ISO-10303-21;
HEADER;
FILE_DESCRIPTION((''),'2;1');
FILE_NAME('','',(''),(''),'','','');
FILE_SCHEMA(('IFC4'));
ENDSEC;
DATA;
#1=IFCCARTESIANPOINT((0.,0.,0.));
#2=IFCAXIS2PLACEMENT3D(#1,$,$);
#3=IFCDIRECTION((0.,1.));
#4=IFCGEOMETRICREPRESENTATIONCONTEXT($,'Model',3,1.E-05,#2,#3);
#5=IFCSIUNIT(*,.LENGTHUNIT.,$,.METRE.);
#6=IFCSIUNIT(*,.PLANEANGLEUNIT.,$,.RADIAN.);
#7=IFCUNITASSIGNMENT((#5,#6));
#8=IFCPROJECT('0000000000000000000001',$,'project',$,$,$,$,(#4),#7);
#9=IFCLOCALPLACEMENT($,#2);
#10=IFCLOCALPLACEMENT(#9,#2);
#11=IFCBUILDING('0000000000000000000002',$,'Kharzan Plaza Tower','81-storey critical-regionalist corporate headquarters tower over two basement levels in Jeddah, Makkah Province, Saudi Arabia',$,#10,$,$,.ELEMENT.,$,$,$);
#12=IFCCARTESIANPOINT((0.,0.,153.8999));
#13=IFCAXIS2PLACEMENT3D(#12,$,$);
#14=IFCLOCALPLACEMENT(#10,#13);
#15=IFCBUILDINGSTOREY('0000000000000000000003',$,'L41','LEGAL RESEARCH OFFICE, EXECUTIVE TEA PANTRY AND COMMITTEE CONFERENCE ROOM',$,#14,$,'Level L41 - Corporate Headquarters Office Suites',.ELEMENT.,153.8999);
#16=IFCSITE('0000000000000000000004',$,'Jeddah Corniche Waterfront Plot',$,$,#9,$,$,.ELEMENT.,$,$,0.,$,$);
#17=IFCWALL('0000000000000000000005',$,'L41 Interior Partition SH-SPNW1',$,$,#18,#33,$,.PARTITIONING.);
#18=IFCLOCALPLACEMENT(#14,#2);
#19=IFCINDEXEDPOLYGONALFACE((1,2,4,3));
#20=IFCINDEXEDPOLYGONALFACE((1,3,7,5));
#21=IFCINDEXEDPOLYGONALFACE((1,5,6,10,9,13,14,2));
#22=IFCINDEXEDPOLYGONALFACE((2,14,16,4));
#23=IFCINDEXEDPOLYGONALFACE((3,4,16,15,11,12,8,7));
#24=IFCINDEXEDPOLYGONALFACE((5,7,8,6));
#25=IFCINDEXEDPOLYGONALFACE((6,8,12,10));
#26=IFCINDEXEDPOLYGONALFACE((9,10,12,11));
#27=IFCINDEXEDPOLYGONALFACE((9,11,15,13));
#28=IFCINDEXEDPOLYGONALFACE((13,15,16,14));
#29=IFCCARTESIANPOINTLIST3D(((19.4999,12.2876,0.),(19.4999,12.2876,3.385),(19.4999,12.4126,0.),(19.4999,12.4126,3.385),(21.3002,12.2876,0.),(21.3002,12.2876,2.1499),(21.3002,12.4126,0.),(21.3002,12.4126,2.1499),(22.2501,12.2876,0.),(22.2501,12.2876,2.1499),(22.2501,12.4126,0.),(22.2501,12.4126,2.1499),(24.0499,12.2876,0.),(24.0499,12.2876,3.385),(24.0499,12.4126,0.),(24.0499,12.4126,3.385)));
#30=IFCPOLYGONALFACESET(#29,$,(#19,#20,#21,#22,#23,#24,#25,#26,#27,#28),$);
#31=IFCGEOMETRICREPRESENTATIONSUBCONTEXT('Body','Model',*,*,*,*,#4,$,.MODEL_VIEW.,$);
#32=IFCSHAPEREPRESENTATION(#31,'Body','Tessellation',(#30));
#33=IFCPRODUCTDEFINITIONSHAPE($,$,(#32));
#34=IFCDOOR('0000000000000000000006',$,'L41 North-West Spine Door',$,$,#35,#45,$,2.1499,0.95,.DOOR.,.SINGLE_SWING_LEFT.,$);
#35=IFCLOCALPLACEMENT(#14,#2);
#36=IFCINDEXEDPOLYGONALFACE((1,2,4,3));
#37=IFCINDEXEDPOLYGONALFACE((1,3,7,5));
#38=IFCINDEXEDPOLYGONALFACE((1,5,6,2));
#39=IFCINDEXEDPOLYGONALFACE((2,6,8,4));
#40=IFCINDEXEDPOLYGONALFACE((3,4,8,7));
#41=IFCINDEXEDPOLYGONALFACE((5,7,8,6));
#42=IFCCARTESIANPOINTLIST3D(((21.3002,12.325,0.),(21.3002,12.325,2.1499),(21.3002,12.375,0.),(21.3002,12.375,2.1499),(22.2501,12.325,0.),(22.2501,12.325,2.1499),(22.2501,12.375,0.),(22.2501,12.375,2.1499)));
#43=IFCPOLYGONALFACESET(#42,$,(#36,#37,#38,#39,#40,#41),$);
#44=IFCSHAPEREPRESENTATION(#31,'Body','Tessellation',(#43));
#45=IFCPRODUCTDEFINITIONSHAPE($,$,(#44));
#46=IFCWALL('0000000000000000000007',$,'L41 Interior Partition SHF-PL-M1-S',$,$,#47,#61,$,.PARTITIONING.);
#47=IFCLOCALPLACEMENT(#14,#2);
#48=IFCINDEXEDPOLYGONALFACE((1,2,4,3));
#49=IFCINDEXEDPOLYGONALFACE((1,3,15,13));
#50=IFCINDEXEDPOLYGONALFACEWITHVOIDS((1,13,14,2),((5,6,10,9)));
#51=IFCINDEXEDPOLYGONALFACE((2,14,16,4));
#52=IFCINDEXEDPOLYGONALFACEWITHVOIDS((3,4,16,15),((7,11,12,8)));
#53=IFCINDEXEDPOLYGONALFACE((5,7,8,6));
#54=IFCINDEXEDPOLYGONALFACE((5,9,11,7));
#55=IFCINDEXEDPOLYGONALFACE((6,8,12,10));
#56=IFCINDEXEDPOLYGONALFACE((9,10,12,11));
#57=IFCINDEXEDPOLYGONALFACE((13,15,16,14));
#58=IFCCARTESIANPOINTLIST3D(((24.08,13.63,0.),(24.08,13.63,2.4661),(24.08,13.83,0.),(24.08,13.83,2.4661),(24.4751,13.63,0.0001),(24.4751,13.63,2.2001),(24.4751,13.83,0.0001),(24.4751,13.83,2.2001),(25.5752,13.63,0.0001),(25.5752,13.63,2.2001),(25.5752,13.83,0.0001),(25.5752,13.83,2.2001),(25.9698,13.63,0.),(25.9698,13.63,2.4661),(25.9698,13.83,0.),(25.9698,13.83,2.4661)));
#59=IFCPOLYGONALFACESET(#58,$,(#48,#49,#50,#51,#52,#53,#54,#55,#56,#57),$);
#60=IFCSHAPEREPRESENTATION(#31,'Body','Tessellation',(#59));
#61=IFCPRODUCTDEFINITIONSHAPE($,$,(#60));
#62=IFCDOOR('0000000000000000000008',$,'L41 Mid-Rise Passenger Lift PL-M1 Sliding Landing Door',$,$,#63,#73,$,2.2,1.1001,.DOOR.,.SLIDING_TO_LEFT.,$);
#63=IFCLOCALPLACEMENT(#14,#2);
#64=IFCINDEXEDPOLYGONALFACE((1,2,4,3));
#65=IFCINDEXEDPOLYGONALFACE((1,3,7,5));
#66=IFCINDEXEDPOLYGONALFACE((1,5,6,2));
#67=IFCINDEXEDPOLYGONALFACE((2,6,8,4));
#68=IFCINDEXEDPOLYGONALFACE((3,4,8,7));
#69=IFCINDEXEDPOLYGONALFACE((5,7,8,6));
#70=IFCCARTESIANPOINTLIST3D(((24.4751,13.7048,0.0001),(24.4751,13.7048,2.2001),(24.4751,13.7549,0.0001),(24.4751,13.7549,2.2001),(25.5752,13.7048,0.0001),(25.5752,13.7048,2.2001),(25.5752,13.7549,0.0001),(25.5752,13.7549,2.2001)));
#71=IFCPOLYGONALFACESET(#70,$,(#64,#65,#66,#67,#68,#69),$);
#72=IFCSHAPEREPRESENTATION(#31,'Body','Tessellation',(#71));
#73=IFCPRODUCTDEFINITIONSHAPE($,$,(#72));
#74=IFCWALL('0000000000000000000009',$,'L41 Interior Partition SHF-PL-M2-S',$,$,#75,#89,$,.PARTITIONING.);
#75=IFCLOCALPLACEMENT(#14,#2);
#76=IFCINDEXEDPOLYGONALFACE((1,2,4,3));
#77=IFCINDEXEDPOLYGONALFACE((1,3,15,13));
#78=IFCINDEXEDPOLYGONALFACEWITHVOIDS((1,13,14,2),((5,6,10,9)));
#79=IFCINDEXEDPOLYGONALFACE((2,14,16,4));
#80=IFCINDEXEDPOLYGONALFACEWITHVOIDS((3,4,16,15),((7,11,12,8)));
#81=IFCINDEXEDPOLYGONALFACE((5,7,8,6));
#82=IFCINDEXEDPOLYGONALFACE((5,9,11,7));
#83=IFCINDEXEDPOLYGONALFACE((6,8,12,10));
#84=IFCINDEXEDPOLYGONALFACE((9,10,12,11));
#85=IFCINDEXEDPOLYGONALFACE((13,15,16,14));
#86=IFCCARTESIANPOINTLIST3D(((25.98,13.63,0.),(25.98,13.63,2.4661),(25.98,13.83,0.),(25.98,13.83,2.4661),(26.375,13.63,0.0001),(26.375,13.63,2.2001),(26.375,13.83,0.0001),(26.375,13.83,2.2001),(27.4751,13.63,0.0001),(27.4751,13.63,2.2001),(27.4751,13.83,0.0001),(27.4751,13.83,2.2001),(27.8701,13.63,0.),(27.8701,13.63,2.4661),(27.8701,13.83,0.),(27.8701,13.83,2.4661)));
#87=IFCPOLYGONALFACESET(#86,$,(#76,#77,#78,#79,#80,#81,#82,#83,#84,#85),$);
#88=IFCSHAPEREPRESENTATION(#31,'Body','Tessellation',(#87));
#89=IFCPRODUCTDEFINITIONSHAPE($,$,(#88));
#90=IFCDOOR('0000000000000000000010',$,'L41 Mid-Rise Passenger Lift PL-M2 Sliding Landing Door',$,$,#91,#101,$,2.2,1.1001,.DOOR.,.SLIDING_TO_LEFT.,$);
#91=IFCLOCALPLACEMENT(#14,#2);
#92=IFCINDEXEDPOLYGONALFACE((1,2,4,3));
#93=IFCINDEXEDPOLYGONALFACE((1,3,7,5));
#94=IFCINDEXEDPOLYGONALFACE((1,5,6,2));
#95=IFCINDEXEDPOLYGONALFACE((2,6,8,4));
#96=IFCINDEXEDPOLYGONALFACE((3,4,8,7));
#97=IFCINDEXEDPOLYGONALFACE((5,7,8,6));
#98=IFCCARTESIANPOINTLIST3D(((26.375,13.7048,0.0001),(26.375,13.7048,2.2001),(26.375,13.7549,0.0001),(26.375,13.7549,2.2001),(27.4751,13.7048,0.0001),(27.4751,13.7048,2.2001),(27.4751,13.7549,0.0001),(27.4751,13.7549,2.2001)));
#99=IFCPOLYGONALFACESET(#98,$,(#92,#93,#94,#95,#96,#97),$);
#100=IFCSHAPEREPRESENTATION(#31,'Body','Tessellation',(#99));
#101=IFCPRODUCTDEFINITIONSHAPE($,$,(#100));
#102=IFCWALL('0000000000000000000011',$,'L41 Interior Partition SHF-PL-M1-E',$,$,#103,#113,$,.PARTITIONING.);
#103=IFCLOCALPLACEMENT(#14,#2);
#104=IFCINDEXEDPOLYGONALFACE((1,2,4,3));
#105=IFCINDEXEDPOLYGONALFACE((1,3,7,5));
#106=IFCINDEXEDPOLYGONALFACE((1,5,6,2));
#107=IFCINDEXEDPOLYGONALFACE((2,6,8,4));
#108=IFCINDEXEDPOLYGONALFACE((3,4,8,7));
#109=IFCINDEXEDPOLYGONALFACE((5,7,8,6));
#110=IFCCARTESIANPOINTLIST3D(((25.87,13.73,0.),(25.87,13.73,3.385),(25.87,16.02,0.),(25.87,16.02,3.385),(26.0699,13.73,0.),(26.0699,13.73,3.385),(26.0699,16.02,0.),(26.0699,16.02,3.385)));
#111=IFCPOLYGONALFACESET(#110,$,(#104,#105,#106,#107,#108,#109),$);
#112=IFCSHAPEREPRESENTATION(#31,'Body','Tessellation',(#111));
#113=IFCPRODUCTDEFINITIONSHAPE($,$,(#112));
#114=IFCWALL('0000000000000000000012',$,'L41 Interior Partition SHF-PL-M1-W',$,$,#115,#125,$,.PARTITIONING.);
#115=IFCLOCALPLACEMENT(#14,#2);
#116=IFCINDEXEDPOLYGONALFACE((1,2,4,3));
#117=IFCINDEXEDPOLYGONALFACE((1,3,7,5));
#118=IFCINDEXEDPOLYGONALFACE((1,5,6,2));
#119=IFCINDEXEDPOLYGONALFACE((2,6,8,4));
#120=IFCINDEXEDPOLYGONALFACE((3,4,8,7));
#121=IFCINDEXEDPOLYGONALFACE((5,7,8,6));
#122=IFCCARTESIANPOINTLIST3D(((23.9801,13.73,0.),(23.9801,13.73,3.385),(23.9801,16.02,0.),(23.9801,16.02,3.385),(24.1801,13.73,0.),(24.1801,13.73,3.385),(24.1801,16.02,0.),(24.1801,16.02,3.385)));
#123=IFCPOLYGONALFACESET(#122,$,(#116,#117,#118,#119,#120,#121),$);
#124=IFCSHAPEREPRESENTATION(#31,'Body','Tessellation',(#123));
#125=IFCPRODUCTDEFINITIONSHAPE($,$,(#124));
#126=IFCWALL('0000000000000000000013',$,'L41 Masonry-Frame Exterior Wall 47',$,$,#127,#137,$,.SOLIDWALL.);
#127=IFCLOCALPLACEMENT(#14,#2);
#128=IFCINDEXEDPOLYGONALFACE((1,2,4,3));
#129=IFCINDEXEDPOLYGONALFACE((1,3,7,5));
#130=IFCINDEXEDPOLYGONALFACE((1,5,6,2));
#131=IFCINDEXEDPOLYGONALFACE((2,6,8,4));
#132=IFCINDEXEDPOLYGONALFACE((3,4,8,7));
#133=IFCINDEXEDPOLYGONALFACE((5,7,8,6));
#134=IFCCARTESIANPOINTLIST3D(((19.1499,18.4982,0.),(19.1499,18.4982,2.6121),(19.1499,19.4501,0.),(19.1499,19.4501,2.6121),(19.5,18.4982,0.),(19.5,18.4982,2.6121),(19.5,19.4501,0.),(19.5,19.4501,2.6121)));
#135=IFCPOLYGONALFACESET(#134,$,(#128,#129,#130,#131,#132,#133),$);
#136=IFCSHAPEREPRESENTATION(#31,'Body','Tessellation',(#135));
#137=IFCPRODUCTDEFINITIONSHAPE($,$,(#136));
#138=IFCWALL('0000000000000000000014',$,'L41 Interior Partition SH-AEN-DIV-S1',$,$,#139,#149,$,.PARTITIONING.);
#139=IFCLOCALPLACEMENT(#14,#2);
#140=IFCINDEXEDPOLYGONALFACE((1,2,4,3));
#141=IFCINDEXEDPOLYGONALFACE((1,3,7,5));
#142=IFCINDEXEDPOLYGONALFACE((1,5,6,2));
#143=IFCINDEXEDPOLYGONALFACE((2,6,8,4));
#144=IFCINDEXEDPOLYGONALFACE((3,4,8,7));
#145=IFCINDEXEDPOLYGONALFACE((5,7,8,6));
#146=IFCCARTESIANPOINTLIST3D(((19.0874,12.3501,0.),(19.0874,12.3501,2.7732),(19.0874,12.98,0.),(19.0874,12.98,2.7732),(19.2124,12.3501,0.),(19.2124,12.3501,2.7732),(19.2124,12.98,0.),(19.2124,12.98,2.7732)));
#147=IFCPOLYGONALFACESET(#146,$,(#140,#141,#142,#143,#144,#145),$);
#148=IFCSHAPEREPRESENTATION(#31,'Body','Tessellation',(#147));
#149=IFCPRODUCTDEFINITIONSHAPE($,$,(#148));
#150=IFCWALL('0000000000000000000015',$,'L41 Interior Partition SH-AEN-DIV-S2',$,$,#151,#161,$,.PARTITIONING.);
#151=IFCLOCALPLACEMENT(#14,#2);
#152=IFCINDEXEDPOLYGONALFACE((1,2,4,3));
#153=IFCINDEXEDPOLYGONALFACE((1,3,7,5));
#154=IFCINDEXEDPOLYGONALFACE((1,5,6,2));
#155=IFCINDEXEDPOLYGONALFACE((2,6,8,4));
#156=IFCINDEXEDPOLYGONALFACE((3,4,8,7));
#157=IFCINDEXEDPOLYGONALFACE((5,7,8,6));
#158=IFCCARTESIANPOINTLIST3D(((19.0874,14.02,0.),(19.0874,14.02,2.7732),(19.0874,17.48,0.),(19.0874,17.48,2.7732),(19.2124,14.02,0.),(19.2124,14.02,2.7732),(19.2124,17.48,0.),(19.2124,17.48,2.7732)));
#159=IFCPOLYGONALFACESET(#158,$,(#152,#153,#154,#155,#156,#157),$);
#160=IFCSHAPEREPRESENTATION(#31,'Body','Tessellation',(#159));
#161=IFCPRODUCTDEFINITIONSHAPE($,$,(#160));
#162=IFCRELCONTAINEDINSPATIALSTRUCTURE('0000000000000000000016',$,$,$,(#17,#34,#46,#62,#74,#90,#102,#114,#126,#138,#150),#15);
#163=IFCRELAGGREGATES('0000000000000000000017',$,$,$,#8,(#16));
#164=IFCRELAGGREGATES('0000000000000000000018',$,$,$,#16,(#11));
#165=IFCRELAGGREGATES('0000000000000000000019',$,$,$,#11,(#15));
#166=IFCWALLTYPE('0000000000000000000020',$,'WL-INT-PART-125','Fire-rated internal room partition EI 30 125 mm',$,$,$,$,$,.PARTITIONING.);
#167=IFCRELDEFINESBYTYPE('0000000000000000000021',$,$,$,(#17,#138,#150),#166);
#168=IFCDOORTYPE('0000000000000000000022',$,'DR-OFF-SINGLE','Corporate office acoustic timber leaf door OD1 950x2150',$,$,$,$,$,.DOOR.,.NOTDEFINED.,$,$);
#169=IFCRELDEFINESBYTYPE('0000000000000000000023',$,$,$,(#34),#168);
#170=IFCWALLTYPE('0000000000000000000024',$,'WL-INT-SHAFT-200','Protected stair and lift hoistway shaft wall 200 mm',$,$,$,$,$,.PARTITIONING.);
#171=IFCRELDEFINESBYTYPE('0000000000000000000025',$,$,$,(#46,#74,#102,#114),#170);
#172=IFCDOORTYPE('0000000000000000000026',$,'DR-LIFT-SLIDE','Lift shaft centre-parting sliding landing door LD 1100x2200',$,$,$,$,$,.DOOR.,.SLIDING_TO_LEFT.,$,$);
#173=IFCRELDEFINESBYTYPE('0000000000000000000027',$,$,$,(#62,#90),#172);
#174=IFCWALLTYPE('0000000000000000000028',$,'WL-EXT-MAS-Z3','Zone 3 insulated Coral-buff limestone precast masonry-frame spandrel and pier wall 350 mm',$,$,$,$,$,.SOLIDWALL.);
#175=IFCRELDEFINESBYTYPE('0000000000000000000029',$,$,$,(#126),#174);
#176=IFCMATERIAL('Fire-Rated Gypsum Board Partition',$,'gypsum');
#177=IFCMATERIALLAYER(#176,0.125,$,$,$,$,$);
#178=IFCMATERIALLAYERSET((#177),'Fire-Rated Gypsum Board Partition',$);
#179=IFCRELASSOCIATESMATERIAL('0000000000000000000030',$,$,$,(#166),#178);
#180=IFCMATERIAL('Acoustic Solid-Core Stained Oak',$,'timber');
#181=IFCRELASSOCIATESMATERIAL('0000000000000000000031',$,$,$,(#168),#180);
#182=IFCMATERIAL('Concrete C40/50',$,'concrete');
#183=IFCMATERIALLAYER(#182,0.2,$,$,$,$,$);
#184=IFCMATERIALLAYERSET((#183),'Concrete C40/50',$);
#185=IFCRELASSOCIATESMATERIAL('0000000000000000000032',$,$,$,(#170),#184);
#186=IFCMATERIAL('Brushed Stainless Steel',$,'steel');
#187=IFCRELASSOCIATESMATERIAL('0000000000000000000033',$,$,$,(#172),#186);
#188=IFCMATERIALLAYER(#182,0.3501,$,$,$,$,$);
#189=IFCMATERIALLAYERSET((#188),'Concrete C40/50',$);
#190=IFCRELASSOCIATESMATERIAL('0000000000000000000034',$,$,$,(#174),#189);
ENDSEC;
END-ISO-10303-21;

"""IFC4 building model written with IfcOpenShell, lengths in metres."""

from ifc_helpers import new_model, si_unit, direction, frame, frame_2d, origin, place, context, subcontext, project, spatial, rectangle, extrude, source, transform, mapped, material, layer, layer_set, type_object, element, fill, save


model = new_model("IFC4")

# Units and contexts
model_context = context("Model", 3, precision=1e-05, world=origin(), true_north=direction((0.0, 1.0)))
body_context = subcontext(model_context, "Body", "Model", "MODEL_VIEW")
ifc_project = project(units=[si_unit("LENGTHUNIT", "METRE"), si_unit("PLANEANGLEUNIT", "RADIAN")], contexts=[model_context])

# Site, building, storey
site_placement = place(None, origin())
site = spatial("IfcSite", under=ifc_project, at=site_placement, Name="Jeddah Corniche Waterfront Plot", CompositionType="ELEMENT", RefElevation=0.0)
building_placement = place(site_placement, origin())
building = spatial("IfcBuilding", under=site, at=building_placement, Name="Kharzan Plaza Tower", Description="81-storey critical-regionalist corporate headquarters tower over two basement levels in Jeddah, Makkah Province, Saudi Arabia", CompositionType="ELEMENT")
storey_placement = place(building_placement, frame((0.0, 0.0, 153.8999)))
storey = spatial("IfcBuildingStorey", under=building, at=storey_placement, Name="L41", Description="LEGAL RESEARCH OFFICE, EXECUTIVE TEA PANTRY AND COMMITTEE CONFERENCE ROOM", LongName="Level L41 - Corporate Headquarters Office Suites", CompositionType="ELEMENT", Elevation=153.8999)

# Walls, openings, doors
ifc_material_1 = material(Name="Fire-Rated Gypsum Board Partition", Category="gypsum")
ifc_layer_1 = layer(ifc_material_1, 0.125)
ifc_layer_set_1 = layer_set([ifc_layer_1], Name="Fire-Rated Gypsum Board Partition")
wall_type_1 = type_object("IfcWallType", Name="WL-INT-PART-125", Description="Fire-rated internal room partition EI 30 125 mm", PredefinedType="PARTITIONING", material=ifc_layer_set_1)
wall_1_placement = place(storey_placement, frame((19.5, 12.3501, 0.0), z_axis=(0.0, 0.0, 1.0), x_axis=(1.0, 0.0, 0.0)))
wall_1 = element("IfcWall", 1, at=wall_1_placement, inside=storey, type_object=wall_type_1, Name="L41 Interior Partition SH-SPNW1", PredefinedType="PARTITIONING", context=body_context, shape_type="SweptSolid", body=[
    extrude(rectangle(XDim=4.55, YDim=0.125, at=frame_2d((2.2749, 0.0))), origin(), (0.0, 0.0, 1.0), 3.385),
])
opening_1_placement = place(wall_1_placement, frame((1.8, 0.0, 0.0)))
opening_1 = element("IfcOpeningElement", 2, at=opening_1_placement, cuts=wall_1, PredefinedType="OPENING", context=body_context, shape_type="SweptSolid", body=[
    extrude(rectangle(XDim=0.95, YDim=2.1499, at=frame_2d((0.4751, 1.075))), frame((0.0, 0.0725, 0.0), z_axis=(0.0, -1.0, 0.0), x_axis=(1.0, 0.0, 0.0)), (0.0, 0.0, 1.0), 0.145),
])
ifc_material_2 = material(Name="Acoustic Solid-Core Stained Oak", Category="timber")
door_type_1 = type_object("IfcDoorType", Name="DR-OFF-SINGLE", Description="Corporate office acoustic timber leaf door OD1 950x2150", OperationType="NOTDEFINED", PredefinedType="DOOR", material=ifc_material_2)
shared_shape_1 = source(origin(), body_context, "Body", "SweptSolid", [
    extrude(rectangle(XDim=0.95, YDim=2.1499, at=frame_2d((0.4751, 1.075))), frame((0.0, 0.0249, 0.0), z_axis=(0.0, -1.0, 0.0), x_axis=(1.0, 0.0, 0.0)), (0.0, 0.0, 1.0), 0.05),
])
door_1_placement = place(opening_1_placement, origin())
door_1 = element("IfcDoor", 3, at=door_1_placement, inside=storey, type_object=door_type_1, Name="L41 North-West Spine Door", OperationType="SINGLE_SWING_LEFT", OverallHeight=2.1499, OverallWidth=0.95, PredefinedType="DOOR", context=body_context, shape_type="MappedRepresentation", body=[
    mapped(shared_shape_1, transform((0.0, 0.0, 0.0), x_axis=(1.0, 0.0, 0.0), y_axis=(0.0, 1.0, 0.0), z_axis=(0.0, 0.0, 1.0))),
])
fill(opening_1, door_1)
ifc_material_3 = material(Name="Concrete C40/50", Category="concrete")
ifc_layer_2 = layer(ifc_material_3, 0.2)
ifc_layer_set_2 = layer_set([ifc_layer_2], Name="Concrete C40/50")
wall_type_2 = type_object("IfcWallType", Name="WL-INT-SHAFT-200", Description="Protected stair and lift hoistway shaft wall 200 mm", PredefinedType="PARTITIONING", material=ifc_layer_set_2)
wall_2_placement = place(storey_placement, frame((24.0801, 13.73, 0.0), z_axis=(0.0, 0.0, 1.0), x_axis=(1.0, 0.0, 0.0)))
wall_2 = element("IfcWall", 4, at=wall_2_placement, inside=storey, type_object=wall_type_2, Name="L41 Interior Partition SHF-PL-M1-S", PredefinedType="PARTITIONING", context=body_context, shape_type="SweptSolid", body=[
    extrude(rectangle(XDim=1.8899, YDim=0.2, at=frame_2d((0.9448, 0.0))), origin(), (0.0, 0.0, 1.0), 2.4661),
])
opening_2_placement = place(wall_2_placement, frame((0.395, 0.0, 0.0)))
opening_2 = element("IfcOpeningElement", 5, at=opening_2_placement, cuts=wall_2, PredefinedType="OPENING", context=body_context, shape_type="SweptSolid", body=[
    extrude(rectangle(XDim=1.1001, YDim=2.2, at=frame_2d((0.55, 1.1001))), frame((0.0, 0.1099, 0.0), z_axis=(0.0, -1.0, 0.0), x_axis=(1.0, 0.0, 0.0)), (0.0, 0.0, 1.0), 0.22),
])
ifc_material_4 = material(Name="Brushed Stainless Steel", Category="steel")
door_type_2 = type_object("IfcDoorType", Name="DR-LIFT-SLIDE", Description="Lift shaft centre-parting sliding landing door LD 1100x2200", OperationType="SLIDING_TO_LEFT", PredefinedType="DOOR", material=ifc_material_4)
shared_shape_2 = source(origin(), body_context, "Body", "SweptSolid", [
    extrude(rectangle(XDim=1.1001, YDim=2.2, at=frame_2d((0.55, 1.1001))), frame((0.0, 0.0249, 0.0), z_axis=(0.0, -1.0, 0.0), x_axis=(1.0, 0.0, 0.0)), (0.0, 0.0, 1.0), 0.05),
])
door_2_placement = place(opening_2_placement, origin())
door_2 = element("IfcDoor", 6, at=door_2_placement, inside=storey, type_object=door_type_2, Name="L41 Mid-Rise Passenger Lift PL-M1 Sliding Landing Door", OperationType="SLIDING_TO_LEFT", OverallHeight=2.2, OverallWidth=1.1001, PredefinedType="DOOR", context=body_context, shape_type="MappedRepresentation", body=[
    mapped(shared_shape_2, transform((0.0, 0.0, 0.0), x_axis=(1.0, 0.0, 0.0), y_axis=(0.0, 1.0, 0.0), z_axis=(0.0, 0.0, 1.0))),
])
fill(opening_2, door_2)
wall_3_placement = place(storey_placement, frame((25.98, 13.73, 0.0), z_axis=(0.0, 0.0, 1.0), x_axis=(1.0, 0.0, 0.0)))
wall_3 = element("IfcWall", 7, at=wall_3_placement, inside=storey, type_object=wall_type_2, Name="L41 Interior Partition SHF-PL-M2-S", PredefinedType="PARTITIONING", context=body_context, shape_type="SweptSolid", body=[
    extrude(rectangle(XDim=1.8901, YDim=0.2, at=frame_2d((0.9451, 0.0))), origin(), (0.0, 0.0, 1.0), 2.4661),
])
opening_3_placement = place(wall_3_placement, frame((0.395, 0.0, 0.0)))
opening_3 = element("IfcOpeningElement", 8, at=opening_3_placement, cuts=wall_3, PredefinedType="OPENING", context=body_context, shape_type="SweptSolid", body=[
    extrude(rectangle(XDim=1.1001, YDim=2.2, at=frame_2d((0.55, 1.1001))), frame((0.0, 0.1099, 0.0), z_axis=(0.0, -1.0, 0.0), x_axis=(1.0, 0.0, 0.0)), (0.0, 0.0, 1.0), 0.22),
])
door_3_placement = place(opening_3_placement, origin())
door_3 = element("IfcDoor", 9, at=door_3_placement, inside=storey, type_object=door_type_2, Name="L41 Mid-Rise Passenger Lift PL-M2 Sliding Landing Door", OperationType="SLIDING_TO_LEFT", OverallHeight=2.2, OverallWidth=1.1001, PredefinedType="DOOR", context=body_context, shape_type="MappedRepresentation", body=[
    mapped(shared_shape_2, transform((0.0, 0.0, 0.0), x_axis=(1.0, 0.0, 0.0), y_axis=(0.0, 1.0, 0.0), z_axis=(0.0, 0.0, 1.0))),
])
fill(opening_3, door_3)

# Walls
shared_shape_3 = source(origin(), body_context, "Body", "SweptSolid", [
    extrude(rectangle(XDim=2.29, YDim=0.2, at=frame_2d((1.145, 0.0))), origin(), (0.0, 0.0, 1.0), 3.385),
])
for number, where, z_axis, x_axis, name in (
    (10, (25.97, 13.73, 0.0), (0.0, 0.0, 1.0), (0.0, 1.0, 0.0), "L41 Interior Partition SHF-PL-M1-E"),
    (11, (24.0801, 13.73, 0.0), (0.0, 0.0, 1.0), (0.0, 1.0, 0.0), "L41 Interior Partition SHF-PL-M1-W"),
):
    element("IfcWall", number, at=place(storey_placement, frame(where, z_axis=z_axis, x_axis=x_axis)), inside=storey, type_object=wall_type_2, Name=name, PredefinedType="PARTITIONING", context=body_context, shape_type="MappedRepresentation", body=[
        mapped(shared_shape_3, transform((0.0, 0.0, 0.0), x_axis=(1.0, 0.0, 0.0), y_axis=(0.0, 1.0, 0.0), z_axis=(0.0, 0.0, 1.0))),
    ])
ifc_layer_3 = layer(ifc_material_3, 0.3501)
ifc_layer_set_3 = layer_set([ifc_layer_3], Name="Concrete C40/50")
wall_type_3 = type_object("IfcWallType", Name="WL-EXT-MAS-Z3", Description="Zone 3 insulated Coral-buff limestone precast masonry-frame spandrel and pier wall 350 mm", PredefinedType="SOLIDWALL", material=ifc_layer_set_3)
shared_shape_4 = source(origin(), body_context, "Body", "SweptSolid", [
    extrude(rectangle(XDim=0.9519, YDim=0.3501, at=frame_2d((0.4761, 0.0))), origin(), (0.0, 0.0, 1.0), 2.6121),
])
wall_4_placement = place(storey_placement, frame((19.325, 18.498, 0.0), z_axis=(0.0, 0.0, 1.0), x_axis=(0.0, 1.0, 0.0)))
element("IfcWall", 12, at=wall_4_placement, inside=storey, type_object=wall_type_3, Name="L41 Masonry-Frame Exterior Wall 47", PredefinedType="SOLIDWALL", context=body_context, shape_type="MappedRepresentation", body=[
    mapped(shared_shape_4, transform((0.0, 0.0, 0.0), x_axis=(1.0, 0.0, 0.0), y_axis=(0.0, 1.0, 0.0), z_axis=(0.0, 0.0, 1.0))),
])
shared_shape_5 = source(origin(), body_context, "Body", "SweptSolid", [
    extrude(rectangle(XDim=0.6299, YDim=0.125, at=frame_2d((0.3149, 0.0))), origin(), (0.0, 0.0, 1.0), 2.7732),
])
wall_5_placement = place(storey_placement, frame((19.1499, 12.3501, 0.0), z_axis=(0.0, 0.0, 1.0), x_axis=(0.0, 1.0, 0.0)))
element("IfcWall", 13, at=wall_5_placement, inside=storey, type_object=wall_type_1, Name="L41 Interior Partition SH-AEN-DIV-S1", PredefinedType="PARTITIONING", context=body_context, shape_type="MappedRepresentation", body=[
    mapped(shared_shape_5, transform((0.0, 0.0, 0.0), x_axis=(1.0, 0.0, 0.0), y_axis=(0.0, 1.0, 0.0), z_axis=(0.0, 0.0, 1.0))),
])
shared_shape_6 = source(origin(), body_context, "Body", "SweptSolid", [
    extrude(rectangle(XDim=3.46, YDim=0.125, at=frame_2d((1.73, 0.0))), origin(), (0.0, 0.0, 1.0), 2.7732),
])
wall_6_placement = place(storey_placement, frame((19.1499, 14.02, 0.0), z_axis=(0.0, 0.0, 1.0), x_axis=(0.0, 1.0, 0.0)))
element("IfcWall", 14, at=wall_6_placement, inside=storey, type_object=wall_type_1, Name="L41 Interior Partition SH-AEN-DIV-S2", PredefinedType="PARTITIONING", context=body_context, shape_type="MappedRepresentation", body=[
    mapped(shared_shape_6, transform((0.0, 0.0, 0.0), x_axis=(1.0, 0.0, 0.0), y_axis=(0.0, 1.0, 0.0), z_axis=(0.0, 0.0, 1.0))),
])

save(model, "model.ifc")
